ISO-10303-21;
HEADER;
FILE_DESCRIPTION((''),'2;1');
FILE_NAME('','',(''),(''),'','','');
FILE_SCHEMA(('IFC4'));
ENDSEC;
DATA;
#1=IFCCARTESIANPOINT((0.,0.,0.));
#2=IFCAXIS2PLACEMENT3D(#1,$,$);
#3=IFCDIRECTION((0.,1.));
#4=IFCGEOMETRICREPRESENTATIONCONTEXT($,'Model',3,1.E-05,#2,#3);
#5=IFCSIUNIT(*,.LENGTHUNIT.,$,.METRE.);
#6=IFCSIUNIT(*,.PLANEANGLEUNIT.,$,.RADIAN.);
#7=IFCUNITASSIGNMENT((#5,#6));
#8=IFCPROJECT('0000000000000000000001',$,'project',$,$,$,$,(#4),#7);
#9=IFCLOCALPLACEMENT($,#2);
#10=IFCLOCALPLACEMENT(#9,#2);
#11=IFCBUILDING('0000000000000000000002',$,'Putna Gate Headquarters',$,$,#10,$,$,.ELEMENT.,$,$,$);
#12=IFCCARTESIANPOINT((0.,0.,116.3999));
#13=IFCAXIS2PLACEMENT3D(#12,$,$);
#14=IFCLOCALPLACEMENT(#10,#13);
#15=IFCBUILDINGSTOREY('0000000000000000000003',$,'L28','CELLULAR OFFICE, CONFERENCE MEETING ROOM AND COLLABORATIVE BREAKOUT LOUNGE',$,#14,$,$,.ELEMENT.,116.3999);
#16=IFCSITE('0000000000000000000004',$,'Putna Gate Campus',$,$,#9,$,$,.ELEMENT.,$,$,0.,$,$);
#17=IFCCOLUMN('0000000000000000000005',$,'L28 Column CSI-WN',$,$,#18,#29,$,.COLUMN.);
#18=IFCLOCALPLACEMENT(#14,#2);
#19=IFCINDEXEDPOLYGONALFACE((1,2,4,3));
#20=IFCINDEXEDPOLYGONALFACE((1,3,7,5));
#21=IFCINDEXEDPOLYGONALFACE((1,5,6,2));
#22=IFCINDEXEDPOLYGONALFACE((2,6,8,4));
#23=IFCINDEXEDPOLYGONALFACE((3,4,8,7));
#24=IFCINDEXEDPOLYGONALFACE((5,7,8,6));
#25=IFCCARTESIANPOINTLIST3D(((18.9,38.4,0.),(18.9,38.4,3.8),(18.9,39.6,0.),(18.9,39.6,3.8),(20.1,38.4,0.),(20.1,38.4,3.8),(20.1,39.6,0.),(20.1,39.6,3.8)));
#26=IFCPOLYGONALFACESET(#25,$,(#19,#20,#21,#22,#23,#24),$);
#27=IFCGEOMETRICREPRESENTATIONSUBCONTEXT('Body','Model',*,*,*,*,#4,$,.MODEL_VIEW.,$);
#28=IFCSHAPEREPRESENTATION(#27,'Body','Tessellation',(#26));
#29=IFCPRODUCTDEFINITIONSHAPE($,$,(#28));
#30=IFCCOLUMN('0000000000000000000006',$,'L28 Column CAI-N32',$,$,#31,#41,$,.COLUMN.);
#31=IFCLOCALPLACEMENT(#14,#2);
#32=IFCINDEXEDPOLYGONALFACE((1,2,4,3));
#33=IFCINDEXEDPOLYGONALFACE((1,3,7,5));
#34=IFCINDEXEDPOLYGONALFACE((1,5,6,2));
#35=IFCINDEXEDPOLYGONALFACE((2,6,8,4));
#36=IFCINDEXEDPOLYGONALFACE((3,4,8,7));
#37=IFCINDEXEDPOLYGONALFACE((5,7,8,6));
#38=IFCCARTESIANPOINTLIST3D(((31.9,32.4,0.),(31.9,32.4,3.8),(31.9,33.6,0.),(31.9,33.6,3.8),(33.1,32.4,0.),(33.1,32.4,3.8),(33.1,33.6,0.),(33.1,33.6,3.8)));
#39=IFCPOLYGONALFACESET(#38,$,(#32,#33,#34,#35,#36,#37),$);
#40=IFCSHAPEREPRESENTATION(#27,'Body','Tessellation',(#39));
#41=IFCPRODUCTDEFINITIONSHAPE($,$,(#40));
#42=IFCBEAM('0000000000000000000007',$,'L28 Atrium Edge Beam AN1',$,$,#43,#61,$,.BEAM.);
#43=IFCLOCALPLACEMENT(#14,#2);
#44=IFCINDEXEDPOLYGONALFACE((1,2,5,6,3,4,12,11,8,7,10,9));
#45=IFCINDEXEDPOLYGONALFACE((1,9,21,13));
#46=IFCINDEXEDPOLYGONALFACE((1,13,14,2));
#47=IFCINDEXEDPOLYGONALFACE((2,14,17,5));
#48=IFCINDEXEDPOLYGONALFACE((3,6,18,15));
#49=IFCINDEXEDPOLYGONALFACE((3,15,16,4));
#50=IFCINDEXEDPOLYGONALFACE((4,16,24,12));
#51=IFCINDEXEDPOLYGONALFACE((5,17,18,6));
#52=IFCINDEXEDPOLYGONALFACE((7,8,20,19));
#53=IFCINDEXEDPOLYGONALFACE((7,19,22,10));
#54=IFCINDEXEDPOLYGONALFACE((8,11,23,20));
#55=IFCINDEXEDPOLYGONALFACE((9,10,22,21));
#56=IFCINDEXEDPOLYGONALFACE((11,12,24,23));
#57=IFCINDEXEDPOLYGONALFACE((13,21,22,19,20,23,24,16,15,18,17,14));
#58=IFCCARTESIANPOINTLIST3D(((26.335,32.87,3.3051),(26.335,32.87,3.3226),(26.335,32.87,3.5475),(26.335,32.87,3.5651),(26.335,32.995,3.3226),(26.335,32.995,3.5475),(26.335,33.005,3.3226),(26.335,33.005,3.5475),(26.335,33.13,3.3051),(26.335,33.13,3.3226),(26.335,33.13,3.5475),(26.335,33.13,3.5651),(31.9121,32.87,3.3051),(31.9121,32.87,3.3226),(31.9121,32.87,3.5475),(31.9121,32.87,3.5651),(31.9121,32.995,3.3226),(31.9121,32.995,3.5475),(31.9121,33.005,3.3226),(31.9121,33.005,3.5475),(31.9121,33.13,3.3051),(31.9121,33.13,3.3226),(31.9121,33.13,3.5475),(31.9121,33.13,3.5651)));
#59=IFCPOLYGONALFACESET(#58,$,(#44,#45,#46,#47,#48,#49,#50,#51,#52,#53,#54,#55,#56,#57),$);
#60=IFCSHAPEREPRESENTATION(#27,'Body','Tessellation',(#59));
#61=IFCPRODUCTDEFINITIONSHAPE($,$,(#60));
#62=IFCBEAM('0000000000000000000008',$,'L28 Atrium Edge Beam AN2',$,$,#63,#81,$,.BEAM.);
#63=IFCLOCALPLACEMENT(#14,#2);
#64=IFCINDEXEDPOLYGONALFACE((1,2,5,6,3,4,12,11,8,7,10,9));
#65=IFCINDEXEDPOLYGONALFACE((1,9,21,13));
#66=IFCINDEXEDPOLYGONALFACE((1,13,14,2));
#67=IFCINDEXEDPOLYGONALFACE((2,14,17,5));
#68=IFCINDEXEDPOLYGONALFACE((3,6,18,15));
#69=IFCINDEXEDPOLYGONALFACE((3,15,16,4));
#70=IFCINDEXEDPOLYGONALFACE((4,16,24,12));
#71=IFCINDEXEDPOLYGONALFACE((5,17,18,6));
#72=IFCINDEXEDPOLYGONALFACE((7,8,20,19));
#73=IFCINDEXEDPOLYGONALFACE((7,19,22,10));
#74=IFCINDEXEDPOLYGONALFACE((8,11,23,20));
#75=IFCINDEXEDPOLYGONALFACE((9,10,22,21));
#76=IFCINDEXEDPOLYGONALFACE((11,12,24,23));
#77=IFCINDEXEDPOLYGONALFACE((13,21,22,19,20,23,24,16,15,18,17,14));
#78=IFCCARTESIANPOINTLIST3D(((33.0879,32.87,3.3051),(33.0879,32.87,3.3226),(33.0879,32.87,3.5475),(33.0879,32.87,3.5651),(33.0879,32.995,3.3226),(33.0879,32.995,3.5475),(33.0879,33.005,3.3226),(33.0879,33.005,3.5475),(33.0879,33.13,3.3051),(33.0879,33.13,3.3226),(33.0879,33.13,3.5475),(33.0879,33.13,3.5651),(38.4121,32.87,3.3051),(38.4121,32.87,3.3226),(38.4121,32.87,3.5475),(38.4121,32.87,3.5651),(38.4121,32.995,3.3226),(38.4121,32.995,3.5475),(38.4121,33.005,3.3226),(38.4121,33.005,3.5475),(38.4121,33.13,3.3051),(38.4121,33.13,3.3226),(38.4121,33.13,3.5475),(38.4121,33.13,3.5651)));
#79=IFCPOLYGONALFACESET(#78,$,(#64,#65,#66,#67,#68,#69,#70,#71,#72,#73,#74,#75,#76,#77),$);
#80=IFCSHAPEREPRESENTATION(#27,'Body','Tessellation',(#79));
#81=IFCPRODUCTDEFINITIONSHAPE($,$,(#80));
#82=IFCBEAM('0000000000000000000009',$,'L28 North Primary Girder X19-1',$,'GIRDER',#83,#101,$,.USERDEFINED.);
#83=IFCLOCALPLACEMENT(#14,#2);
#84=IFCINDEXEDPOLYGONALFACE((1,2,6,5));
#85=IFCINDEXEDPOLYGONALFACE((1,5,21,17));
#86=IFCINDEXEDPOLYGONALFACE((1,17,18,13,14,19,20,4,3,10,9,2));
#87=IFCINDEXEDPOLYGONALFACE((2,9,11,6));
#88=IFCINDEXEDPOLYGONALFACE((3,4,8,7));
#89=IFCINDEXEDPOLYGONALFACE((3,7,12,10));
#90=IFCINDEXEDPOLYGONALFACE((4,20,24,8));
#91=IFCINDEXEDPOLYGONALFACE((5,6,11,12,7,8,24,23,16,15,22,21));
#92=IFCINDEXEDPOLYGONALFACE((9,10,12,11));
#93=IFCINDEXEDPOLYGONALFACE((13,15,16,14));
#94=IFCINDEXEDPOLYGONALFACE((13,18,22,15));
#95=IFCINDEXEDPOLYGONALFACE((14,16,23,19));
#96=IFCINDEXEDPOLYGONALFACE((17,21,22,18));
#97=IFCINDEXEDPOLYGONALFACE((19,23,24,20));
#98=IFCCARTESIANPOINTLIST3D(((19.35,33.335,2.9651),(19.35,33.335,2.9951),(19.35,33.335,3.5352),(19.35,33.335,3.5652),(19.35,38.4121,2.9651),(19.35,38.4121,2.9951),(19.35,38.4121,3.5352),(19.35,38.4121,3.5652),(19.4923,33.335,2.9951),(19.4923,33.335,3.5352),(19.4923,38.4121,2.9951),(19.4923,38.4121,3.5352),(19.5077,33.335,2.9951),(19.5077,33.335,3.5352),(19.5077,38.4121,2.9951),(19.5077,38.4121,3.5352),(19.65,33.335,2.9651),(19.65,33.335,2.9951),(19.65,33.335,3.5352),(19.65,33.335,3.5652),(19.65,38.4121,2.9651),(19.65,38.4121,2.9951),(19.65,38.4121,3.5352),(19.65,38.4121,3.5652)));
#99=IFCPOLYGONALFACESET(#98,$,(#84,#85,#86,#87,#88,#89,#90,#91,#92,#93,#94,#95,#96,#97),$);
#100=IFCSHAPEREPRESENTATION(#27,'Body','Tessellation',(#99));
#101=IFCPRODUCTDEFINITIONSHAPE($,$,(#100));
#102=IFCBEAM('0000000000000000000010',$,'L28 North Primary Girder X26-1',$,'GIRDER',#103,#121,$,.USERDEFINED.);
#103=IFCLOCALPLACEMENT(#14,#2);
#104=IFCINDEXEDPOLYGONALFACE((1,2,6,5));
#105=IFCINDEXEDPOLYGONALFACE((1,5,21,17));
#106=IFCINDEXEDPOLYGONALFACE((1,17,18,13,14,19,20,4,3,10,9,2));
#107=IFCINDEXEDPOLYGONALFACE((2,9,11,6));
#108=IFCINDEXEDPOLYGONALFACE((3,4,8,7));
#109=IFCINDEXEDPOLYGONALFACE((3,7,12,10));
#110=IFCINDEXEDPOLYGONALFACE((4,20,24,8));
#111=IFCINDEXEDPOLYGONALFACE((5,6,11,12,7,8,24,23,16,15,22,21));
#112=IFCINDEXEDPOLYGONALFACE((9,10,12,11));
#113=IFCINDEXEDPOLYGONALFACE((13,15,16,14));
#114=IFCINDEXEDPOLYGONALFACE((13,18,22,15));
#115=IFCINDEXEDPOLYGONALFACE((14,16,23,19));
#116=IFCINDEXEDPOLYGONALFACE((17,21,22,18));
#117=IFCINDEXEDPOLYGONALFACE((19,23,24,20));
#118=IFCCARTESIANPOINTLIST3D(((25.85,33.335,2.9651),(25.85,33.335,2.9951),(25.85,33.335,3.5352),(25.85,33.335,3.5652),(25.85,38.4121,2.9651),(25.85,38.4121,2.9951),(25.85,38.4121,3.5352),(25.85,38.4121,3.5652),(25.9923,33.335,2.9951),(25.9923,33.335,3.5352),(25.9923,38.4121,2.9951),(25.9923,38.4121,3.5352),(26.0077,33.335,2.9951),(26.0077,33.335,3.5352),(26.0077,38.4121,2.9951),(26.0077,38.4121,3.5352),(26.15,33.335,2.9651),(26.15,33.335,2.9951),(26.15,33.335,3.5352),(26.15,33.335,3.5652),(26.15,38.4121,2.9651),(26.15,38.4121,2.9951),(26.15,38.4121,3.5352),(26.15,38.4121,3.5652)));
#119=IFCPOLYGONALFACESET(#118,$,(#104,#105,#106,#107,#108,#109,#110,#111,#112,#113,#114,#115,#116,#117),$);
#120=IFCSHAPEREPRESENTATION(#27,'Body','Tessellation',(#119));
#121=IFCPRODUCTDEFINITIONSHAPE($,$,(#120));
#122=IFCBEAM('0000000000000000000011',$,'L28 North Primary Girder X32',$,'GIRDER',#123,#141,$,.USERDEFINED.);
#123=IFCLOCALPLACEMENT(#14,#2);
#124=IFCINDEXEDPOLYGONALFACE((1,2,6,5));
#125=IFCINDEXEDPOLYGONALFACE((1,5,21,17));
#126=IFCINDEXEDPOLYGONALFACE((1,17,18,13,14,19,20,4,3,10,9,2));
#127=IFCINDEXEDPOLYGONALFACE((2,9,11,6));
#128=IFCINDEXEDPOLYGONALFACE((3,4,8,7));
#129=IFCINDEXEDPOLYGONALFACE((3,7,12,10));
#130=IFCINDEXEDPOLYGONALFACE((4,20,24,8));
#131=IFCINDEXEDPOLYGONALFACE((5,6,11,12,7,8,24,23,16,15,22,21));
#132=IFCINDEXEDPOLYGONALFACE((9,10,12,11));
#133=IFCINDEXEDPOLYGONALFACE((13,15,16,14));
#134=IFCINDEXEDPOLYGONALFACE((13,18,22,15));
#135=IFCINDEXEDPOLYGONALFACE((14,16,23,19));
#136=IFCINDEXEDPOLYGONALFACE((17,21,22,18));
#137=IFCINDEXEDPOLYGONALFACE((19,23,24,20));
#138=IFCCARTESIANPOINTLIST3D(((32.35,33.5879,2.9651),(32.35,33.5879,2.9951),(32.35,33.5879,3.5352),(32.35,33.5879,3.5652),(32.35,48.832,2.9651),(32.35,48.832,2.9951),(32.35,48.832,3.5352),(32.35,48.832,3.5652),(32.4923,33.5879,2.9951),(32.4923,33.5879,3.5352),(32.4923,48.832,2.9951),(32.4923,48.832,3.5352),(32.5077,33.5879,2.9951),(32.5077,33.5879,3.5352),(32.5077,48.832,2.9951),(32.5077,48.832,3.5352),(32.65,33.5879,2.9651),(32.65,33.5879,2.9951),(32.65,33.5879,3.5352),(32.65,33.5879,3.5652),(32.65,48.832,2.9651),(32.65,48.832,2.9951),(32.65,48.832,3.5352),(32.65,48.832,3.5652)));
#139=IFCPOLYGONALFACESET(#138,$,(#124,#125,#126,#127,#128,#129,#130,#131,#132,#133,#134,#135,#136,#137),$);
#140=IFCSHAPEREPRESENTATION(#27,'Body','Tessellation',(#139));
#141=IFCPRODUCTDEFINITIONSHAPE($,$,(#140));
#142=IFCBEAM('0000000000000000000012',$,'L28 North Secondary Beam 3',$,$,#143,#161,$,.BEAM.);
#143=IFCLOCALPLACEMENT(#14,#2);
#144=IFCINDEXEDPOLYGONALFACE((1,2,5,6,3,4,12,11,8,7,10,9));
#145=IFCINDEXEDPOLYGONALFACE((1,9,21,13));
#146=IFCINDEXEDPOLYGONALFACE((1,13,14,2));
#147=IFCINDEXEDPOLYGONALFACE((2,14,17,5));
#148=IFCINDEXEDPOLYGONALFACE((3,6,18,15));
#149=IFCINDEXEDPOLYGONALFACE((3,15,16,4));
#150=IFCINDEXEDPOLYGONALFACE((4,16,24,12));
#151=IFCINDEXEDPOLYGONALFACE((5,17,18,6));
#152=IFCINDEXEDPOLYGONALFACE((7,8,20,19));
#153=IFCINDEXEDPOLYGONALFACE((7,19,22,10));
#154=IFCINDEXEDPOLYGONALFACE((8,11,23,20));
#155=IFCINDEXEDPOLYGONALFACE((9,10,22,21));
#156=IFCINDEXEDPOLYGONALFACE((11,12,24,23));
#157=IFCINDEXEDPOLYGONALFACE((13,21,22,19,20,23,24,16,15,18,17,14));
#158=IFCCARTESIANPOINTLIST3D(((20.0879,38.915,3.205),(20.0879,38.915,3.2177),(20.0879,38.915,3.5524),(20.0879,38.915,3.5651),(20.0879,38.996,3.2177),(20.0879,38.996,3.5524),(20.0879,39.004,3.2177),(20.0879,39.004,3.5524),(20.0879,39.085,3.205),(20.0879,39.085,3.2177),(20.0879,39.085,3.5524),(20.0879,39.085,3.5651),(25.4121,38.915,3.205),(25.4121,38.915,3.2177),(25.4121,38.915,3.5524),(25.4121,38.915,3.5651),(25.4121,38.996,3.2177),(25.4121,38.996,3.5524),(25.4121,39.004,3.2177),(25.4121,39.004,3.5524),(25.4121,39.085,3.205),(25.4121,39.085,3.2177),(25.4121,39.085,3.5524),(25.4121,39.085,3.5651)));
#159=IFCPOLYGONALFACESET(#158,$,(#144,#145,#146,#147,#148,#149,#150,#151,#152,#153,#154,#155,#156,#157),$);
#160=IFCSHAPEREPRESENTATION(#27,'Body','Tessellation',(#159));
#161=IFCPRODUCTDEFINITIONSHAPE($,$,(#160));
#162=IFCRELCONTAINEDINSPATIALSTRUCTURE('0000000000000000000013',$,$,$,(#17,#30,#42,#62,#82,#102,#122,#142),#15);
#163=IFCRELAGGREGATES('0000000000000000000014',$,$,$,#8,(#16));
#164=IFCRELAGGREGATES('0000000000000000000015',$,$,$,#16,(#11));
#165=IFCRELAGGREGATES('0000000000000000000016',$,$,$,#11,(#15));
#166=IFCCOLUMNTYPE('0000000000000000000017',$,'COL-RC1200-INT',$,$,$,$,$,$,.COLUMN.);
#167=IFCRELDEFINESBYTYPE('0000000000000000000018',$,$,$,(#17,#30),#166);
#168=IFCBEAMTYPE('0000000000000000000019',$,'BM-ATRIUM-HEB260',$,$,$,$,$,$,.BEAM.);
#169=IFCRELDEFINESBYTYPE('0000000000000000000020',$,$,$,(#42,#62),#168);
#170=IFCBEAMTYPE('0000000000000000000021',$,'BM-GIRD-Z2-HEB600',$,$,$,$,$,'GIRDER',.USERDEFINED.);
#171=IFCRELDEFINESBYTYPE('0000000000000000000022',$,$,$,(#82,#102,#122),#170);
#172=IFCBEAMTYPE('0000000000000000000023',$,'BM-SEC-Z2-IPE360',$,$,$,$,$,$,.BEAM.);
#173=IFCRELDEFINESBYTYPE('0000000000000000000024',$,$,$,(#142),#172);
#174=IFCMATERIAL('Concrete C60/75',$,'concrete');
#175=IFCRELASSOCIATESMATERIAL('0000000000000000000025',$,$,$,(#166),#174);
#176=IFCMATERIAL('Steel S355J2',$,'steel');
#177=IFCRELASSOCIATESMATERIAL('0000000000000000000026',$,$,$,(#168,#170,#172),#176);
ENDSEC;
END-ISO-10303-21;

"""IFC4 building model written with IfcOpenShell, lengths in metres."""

from ifc_helpers import new_model, si_unit, direction, frame, origin, origin_2d, place, context, subcontext, project, spatial, rectangle, i_section, extrude, material, material_profile, profile_set, type_object, element, save


model = new_model("IFC4")

# Units and contexts
model_context = context("Model", 3, precision=1e-05, world=origin(), true_north=direction((0.0, 1.0)))
body_context = subcontext(model_context, "Body", "Model", "MODEL_VIEW")
ifc_project = project(units=[si_unit("LENGTHUNIT", "METRE"), si_unit("PLANEANGLEUNIT", "RADIAN")], contexts=[model_context])

# Site, building, storey
site_placement = place(None, origin())
site = spatial("IfcSite", under=ifc_project, at=site_placement, Name="Putna Gate Campus", CompositionType="ELEMENT", RefElevation=0.0)
building_placement = place(site_placement, origin())
building = spatial("IfcBuilding", under=site, at=building_placement, Name="Putna Gate Headquarters", CompositionType="ELEMENT")
storey_placement = place(building_placement, frame((0.0, 0.0, 116.3999)))
storey = spatial("IfcBuildingStorey", under=building, at=storey_placement, Name="L28", Description="CELLULAR OFFICE, CONFERENCE MEETING ROOM AND COLLABORATIVE BREAKOUT LOUNGE", CompositionType="ELEMENT", Elevation=116.3999)

# Columns
ifc_material_1 = material(Name="Concrete C60/75", Category="concrete")
ifc_material_profile_1 = material_profile(ifc_material_1, rectangle(XDim=1.2, YDim=1.2, at=origin_2d()), Name="Concrete C60/75")
ifc_profile_set_1 = profile_set([ifc_material_profile_1], Name="Concrete C60/75")
column_type = type_object("IfcColumnType", Name="COL-RC1200-INT", PredefinedType="COLUMN", material=ifc_profile_set_1)
for number, where, z_axis, x_axis, name in (
    (1, (19.5, 39.0, 0.0), (0.0, 0.0, 1.0), (1.0, 0.0, 0.0), "L28 Column CSI-WN"),
    (2, (32.5, 33.0, 0.0), (0.0, 0.0, 1.0), (1.0, 0.0, 0.0), "L28 Column CAI-N32"),
):
    element("IfcColumn", number, at=place(storey_placement, frame(where, z_axis=z_axis, x_axis=x_axis)), inside=storey, type_object=column_type, Name=name, PredefinedType="COLUMN", context=body_context, shape_type="SweptSolid", body=[
        extrude(rectangle(XDim=1.2, YDim=1.2, at=origin_2d()), origin(), (0.0, 0.0, 1.0), 3.8),
    ])

# Beams
ifc_material_2 = material(Name="Steel S355J2", Category="steel")
ifc_material_profile_2 = material_profile(ifc_material_2, i_section(OverallWidth=0.26, OverallDepth=0.26, WebThickness=0.01, FlangeThickness=0.0176, at=origin_2d()), Name="Steel S355J2")
ifc_profile_set_2 = profile_set([ifc_material_profile_2], Name="Steel S355J2")
beam_type_1 = type_object("IfcBeamType", Name="BM-ATRIUM-HEB260", PredefinedType="BEAM", material=ifc_profile_set_2)
beam_1_placement = place(storey_placement, frame((26.335, 33.0, 3.4351), z_axis=(1.0, 0.0, 0.0), x_axis=(0.0, 1.0, 0.0)))
element("IfcBeam", 3, at=beam_1_placement, inside=storey, type_object=beam_type_1, Name="L28 Atrium Edge Beam AN1", PredefinedType="BEAM", context=body_context, shape_type="SweptSolid", body=[
    extrude(i_section(OverallWidth=0.26, OverallDepth=0.26, WebThickness=0.01, FlangeThickness=0.0176, at=origin_2d()), origin(), (0.0, 0.0, 1.0), 5.5771),
])
beam_2_placement = place(storey_placement, frame((33.0879, 33.0, 3.4351), z_axis=(1.0, 0.0, 0.0), x_axis=(0.0, 1.0, 0.0)))
element("IfcBeam", 4, at=beam_2_placement, inside=storey, type_object=beam_type_1, Name="L28 Atrium Edge Beam AN2", PredefinedType="BEAM", context=body_context, shape_type="SweptSolid", body=[
    extrude(i_section(OverallWidth=0.26, OverallDepth=0.26, WebThickness=0.01, FlangeThickness=0.0176, at=origin_2d()), origin(), (0.0, 0.0, 1.0), 5.3242),
])
ifc_material_profile_3 = material_profile(ifc_material_2, i_section(OverallWidth=0.3, OverallDepth=0.6001, WebThickness=0.0154, FlangeThickness=0.03, at=origin_2d()), Name="Steel S355J2")
ifc_profile_set_3 = profile_set([ifc_material_profile_3], Name="Steel S355J2")
beam_type_2 = type_object("IfcBeamType", Name="BM-GIRD-Z2-HEB600", ElementType="GIRDER", PredefinedType="USERDEFINED", material=ifc_profile_set_3)
for number, where, z_axis, x_axis, name in (
    (5, (19.5, 33.335, 3.2651), (0.0, 1.0, 0.0), (-1.0, 0.0, 0.0), "L28 North Primary Girder X19-1"),
    (6, (26.0, 33.335, 3.2651), (0.0, 1.0, 0.0), (-1.0, 0.0, 0.0), "L28 North Primary Girder X26-1"),
):
    element("IfcBeam", number, at=place(storey_placement, frame(where, z_axis=z_axis, x_axis=x_axis)), inside=storey, type_object=beam_type_2, Name=name, ObjectType="GIRDER", PredefinedType="USERDEFINED", context=body_context, shape_type="SweptSolid", body=[
        extrude(i_section(OverallWidth=0.3, OverallDepth=0.6001, WebThickness=0.0154, FlangeThickness=0.03, at=origin_2d()), origin(), (0.0, 0.0, 1.0), 5.0771),
    ])
beam_3_placement = place(storey_placement, frame((32.5, 33.5879, 3.2651), z_axis=(0.0, 1.0, 0.0), x_axis=(-1.0, 0.0, 0.0)))
element("IfcBeam", 7, at=beam_3_placement, inside=storey, type_object=beam_type_2, Name="L28 North Primary Girder X32", ObjectType="GIRDER", PredefinedType="USERDEFINED", context=body_context, shape_type="SweptSolid", body=[
    extrude(i_section(OverallWidth=0.3, OverallDepth=0.6001, WebThickness=0.0154, FlangeThickness=0.03, at=origin_2d()), origin(), (0.0, 0.0, 1.0), 15.2441),
])
ifc_material_profile_4 = material_profile(ifc_material_2, i_section(OverallWidth=0.1699, OverallDepth=0.3601, WebThickness=0.0081, FlangeThickness=0.0127, at=origin_2d()), Name="Steel S355J2")
ifc_profile_set_4 = profile_set([ifc_material_profile_4], Name="Steel S355J2")
beam_type_3 = type_object("IfcBeamType", Name="BM-SEC-Z2-IPE360", PredefinedType="BEAM", material=ifc_profile_set_4)
beam_4_placement = place(storey_placement, frame((20.0879, 39.0, 3.385), z_axis=(1.0, 0.0, 0.0), x_axis=(0.0, 1.0, 0.0)))
element("IfcBeam", 8, at=beam_4_placement, inside=storey, type_object=beam_type_3, Name="L28 North Secondary Beam 3", PredefinedType="BEAM", context=body_context, shape_type="SweptSolid", body=[
    extrude(i_section(OverallWidth=0.1699, OverallDepth=0.3601, WebThickness=0.0081, FlangeThickness=0.0127, at=origin_2d()), origin(), (0.0, 0.0, 1.0), 5.3242),
])

save(model, "model.ifc")
